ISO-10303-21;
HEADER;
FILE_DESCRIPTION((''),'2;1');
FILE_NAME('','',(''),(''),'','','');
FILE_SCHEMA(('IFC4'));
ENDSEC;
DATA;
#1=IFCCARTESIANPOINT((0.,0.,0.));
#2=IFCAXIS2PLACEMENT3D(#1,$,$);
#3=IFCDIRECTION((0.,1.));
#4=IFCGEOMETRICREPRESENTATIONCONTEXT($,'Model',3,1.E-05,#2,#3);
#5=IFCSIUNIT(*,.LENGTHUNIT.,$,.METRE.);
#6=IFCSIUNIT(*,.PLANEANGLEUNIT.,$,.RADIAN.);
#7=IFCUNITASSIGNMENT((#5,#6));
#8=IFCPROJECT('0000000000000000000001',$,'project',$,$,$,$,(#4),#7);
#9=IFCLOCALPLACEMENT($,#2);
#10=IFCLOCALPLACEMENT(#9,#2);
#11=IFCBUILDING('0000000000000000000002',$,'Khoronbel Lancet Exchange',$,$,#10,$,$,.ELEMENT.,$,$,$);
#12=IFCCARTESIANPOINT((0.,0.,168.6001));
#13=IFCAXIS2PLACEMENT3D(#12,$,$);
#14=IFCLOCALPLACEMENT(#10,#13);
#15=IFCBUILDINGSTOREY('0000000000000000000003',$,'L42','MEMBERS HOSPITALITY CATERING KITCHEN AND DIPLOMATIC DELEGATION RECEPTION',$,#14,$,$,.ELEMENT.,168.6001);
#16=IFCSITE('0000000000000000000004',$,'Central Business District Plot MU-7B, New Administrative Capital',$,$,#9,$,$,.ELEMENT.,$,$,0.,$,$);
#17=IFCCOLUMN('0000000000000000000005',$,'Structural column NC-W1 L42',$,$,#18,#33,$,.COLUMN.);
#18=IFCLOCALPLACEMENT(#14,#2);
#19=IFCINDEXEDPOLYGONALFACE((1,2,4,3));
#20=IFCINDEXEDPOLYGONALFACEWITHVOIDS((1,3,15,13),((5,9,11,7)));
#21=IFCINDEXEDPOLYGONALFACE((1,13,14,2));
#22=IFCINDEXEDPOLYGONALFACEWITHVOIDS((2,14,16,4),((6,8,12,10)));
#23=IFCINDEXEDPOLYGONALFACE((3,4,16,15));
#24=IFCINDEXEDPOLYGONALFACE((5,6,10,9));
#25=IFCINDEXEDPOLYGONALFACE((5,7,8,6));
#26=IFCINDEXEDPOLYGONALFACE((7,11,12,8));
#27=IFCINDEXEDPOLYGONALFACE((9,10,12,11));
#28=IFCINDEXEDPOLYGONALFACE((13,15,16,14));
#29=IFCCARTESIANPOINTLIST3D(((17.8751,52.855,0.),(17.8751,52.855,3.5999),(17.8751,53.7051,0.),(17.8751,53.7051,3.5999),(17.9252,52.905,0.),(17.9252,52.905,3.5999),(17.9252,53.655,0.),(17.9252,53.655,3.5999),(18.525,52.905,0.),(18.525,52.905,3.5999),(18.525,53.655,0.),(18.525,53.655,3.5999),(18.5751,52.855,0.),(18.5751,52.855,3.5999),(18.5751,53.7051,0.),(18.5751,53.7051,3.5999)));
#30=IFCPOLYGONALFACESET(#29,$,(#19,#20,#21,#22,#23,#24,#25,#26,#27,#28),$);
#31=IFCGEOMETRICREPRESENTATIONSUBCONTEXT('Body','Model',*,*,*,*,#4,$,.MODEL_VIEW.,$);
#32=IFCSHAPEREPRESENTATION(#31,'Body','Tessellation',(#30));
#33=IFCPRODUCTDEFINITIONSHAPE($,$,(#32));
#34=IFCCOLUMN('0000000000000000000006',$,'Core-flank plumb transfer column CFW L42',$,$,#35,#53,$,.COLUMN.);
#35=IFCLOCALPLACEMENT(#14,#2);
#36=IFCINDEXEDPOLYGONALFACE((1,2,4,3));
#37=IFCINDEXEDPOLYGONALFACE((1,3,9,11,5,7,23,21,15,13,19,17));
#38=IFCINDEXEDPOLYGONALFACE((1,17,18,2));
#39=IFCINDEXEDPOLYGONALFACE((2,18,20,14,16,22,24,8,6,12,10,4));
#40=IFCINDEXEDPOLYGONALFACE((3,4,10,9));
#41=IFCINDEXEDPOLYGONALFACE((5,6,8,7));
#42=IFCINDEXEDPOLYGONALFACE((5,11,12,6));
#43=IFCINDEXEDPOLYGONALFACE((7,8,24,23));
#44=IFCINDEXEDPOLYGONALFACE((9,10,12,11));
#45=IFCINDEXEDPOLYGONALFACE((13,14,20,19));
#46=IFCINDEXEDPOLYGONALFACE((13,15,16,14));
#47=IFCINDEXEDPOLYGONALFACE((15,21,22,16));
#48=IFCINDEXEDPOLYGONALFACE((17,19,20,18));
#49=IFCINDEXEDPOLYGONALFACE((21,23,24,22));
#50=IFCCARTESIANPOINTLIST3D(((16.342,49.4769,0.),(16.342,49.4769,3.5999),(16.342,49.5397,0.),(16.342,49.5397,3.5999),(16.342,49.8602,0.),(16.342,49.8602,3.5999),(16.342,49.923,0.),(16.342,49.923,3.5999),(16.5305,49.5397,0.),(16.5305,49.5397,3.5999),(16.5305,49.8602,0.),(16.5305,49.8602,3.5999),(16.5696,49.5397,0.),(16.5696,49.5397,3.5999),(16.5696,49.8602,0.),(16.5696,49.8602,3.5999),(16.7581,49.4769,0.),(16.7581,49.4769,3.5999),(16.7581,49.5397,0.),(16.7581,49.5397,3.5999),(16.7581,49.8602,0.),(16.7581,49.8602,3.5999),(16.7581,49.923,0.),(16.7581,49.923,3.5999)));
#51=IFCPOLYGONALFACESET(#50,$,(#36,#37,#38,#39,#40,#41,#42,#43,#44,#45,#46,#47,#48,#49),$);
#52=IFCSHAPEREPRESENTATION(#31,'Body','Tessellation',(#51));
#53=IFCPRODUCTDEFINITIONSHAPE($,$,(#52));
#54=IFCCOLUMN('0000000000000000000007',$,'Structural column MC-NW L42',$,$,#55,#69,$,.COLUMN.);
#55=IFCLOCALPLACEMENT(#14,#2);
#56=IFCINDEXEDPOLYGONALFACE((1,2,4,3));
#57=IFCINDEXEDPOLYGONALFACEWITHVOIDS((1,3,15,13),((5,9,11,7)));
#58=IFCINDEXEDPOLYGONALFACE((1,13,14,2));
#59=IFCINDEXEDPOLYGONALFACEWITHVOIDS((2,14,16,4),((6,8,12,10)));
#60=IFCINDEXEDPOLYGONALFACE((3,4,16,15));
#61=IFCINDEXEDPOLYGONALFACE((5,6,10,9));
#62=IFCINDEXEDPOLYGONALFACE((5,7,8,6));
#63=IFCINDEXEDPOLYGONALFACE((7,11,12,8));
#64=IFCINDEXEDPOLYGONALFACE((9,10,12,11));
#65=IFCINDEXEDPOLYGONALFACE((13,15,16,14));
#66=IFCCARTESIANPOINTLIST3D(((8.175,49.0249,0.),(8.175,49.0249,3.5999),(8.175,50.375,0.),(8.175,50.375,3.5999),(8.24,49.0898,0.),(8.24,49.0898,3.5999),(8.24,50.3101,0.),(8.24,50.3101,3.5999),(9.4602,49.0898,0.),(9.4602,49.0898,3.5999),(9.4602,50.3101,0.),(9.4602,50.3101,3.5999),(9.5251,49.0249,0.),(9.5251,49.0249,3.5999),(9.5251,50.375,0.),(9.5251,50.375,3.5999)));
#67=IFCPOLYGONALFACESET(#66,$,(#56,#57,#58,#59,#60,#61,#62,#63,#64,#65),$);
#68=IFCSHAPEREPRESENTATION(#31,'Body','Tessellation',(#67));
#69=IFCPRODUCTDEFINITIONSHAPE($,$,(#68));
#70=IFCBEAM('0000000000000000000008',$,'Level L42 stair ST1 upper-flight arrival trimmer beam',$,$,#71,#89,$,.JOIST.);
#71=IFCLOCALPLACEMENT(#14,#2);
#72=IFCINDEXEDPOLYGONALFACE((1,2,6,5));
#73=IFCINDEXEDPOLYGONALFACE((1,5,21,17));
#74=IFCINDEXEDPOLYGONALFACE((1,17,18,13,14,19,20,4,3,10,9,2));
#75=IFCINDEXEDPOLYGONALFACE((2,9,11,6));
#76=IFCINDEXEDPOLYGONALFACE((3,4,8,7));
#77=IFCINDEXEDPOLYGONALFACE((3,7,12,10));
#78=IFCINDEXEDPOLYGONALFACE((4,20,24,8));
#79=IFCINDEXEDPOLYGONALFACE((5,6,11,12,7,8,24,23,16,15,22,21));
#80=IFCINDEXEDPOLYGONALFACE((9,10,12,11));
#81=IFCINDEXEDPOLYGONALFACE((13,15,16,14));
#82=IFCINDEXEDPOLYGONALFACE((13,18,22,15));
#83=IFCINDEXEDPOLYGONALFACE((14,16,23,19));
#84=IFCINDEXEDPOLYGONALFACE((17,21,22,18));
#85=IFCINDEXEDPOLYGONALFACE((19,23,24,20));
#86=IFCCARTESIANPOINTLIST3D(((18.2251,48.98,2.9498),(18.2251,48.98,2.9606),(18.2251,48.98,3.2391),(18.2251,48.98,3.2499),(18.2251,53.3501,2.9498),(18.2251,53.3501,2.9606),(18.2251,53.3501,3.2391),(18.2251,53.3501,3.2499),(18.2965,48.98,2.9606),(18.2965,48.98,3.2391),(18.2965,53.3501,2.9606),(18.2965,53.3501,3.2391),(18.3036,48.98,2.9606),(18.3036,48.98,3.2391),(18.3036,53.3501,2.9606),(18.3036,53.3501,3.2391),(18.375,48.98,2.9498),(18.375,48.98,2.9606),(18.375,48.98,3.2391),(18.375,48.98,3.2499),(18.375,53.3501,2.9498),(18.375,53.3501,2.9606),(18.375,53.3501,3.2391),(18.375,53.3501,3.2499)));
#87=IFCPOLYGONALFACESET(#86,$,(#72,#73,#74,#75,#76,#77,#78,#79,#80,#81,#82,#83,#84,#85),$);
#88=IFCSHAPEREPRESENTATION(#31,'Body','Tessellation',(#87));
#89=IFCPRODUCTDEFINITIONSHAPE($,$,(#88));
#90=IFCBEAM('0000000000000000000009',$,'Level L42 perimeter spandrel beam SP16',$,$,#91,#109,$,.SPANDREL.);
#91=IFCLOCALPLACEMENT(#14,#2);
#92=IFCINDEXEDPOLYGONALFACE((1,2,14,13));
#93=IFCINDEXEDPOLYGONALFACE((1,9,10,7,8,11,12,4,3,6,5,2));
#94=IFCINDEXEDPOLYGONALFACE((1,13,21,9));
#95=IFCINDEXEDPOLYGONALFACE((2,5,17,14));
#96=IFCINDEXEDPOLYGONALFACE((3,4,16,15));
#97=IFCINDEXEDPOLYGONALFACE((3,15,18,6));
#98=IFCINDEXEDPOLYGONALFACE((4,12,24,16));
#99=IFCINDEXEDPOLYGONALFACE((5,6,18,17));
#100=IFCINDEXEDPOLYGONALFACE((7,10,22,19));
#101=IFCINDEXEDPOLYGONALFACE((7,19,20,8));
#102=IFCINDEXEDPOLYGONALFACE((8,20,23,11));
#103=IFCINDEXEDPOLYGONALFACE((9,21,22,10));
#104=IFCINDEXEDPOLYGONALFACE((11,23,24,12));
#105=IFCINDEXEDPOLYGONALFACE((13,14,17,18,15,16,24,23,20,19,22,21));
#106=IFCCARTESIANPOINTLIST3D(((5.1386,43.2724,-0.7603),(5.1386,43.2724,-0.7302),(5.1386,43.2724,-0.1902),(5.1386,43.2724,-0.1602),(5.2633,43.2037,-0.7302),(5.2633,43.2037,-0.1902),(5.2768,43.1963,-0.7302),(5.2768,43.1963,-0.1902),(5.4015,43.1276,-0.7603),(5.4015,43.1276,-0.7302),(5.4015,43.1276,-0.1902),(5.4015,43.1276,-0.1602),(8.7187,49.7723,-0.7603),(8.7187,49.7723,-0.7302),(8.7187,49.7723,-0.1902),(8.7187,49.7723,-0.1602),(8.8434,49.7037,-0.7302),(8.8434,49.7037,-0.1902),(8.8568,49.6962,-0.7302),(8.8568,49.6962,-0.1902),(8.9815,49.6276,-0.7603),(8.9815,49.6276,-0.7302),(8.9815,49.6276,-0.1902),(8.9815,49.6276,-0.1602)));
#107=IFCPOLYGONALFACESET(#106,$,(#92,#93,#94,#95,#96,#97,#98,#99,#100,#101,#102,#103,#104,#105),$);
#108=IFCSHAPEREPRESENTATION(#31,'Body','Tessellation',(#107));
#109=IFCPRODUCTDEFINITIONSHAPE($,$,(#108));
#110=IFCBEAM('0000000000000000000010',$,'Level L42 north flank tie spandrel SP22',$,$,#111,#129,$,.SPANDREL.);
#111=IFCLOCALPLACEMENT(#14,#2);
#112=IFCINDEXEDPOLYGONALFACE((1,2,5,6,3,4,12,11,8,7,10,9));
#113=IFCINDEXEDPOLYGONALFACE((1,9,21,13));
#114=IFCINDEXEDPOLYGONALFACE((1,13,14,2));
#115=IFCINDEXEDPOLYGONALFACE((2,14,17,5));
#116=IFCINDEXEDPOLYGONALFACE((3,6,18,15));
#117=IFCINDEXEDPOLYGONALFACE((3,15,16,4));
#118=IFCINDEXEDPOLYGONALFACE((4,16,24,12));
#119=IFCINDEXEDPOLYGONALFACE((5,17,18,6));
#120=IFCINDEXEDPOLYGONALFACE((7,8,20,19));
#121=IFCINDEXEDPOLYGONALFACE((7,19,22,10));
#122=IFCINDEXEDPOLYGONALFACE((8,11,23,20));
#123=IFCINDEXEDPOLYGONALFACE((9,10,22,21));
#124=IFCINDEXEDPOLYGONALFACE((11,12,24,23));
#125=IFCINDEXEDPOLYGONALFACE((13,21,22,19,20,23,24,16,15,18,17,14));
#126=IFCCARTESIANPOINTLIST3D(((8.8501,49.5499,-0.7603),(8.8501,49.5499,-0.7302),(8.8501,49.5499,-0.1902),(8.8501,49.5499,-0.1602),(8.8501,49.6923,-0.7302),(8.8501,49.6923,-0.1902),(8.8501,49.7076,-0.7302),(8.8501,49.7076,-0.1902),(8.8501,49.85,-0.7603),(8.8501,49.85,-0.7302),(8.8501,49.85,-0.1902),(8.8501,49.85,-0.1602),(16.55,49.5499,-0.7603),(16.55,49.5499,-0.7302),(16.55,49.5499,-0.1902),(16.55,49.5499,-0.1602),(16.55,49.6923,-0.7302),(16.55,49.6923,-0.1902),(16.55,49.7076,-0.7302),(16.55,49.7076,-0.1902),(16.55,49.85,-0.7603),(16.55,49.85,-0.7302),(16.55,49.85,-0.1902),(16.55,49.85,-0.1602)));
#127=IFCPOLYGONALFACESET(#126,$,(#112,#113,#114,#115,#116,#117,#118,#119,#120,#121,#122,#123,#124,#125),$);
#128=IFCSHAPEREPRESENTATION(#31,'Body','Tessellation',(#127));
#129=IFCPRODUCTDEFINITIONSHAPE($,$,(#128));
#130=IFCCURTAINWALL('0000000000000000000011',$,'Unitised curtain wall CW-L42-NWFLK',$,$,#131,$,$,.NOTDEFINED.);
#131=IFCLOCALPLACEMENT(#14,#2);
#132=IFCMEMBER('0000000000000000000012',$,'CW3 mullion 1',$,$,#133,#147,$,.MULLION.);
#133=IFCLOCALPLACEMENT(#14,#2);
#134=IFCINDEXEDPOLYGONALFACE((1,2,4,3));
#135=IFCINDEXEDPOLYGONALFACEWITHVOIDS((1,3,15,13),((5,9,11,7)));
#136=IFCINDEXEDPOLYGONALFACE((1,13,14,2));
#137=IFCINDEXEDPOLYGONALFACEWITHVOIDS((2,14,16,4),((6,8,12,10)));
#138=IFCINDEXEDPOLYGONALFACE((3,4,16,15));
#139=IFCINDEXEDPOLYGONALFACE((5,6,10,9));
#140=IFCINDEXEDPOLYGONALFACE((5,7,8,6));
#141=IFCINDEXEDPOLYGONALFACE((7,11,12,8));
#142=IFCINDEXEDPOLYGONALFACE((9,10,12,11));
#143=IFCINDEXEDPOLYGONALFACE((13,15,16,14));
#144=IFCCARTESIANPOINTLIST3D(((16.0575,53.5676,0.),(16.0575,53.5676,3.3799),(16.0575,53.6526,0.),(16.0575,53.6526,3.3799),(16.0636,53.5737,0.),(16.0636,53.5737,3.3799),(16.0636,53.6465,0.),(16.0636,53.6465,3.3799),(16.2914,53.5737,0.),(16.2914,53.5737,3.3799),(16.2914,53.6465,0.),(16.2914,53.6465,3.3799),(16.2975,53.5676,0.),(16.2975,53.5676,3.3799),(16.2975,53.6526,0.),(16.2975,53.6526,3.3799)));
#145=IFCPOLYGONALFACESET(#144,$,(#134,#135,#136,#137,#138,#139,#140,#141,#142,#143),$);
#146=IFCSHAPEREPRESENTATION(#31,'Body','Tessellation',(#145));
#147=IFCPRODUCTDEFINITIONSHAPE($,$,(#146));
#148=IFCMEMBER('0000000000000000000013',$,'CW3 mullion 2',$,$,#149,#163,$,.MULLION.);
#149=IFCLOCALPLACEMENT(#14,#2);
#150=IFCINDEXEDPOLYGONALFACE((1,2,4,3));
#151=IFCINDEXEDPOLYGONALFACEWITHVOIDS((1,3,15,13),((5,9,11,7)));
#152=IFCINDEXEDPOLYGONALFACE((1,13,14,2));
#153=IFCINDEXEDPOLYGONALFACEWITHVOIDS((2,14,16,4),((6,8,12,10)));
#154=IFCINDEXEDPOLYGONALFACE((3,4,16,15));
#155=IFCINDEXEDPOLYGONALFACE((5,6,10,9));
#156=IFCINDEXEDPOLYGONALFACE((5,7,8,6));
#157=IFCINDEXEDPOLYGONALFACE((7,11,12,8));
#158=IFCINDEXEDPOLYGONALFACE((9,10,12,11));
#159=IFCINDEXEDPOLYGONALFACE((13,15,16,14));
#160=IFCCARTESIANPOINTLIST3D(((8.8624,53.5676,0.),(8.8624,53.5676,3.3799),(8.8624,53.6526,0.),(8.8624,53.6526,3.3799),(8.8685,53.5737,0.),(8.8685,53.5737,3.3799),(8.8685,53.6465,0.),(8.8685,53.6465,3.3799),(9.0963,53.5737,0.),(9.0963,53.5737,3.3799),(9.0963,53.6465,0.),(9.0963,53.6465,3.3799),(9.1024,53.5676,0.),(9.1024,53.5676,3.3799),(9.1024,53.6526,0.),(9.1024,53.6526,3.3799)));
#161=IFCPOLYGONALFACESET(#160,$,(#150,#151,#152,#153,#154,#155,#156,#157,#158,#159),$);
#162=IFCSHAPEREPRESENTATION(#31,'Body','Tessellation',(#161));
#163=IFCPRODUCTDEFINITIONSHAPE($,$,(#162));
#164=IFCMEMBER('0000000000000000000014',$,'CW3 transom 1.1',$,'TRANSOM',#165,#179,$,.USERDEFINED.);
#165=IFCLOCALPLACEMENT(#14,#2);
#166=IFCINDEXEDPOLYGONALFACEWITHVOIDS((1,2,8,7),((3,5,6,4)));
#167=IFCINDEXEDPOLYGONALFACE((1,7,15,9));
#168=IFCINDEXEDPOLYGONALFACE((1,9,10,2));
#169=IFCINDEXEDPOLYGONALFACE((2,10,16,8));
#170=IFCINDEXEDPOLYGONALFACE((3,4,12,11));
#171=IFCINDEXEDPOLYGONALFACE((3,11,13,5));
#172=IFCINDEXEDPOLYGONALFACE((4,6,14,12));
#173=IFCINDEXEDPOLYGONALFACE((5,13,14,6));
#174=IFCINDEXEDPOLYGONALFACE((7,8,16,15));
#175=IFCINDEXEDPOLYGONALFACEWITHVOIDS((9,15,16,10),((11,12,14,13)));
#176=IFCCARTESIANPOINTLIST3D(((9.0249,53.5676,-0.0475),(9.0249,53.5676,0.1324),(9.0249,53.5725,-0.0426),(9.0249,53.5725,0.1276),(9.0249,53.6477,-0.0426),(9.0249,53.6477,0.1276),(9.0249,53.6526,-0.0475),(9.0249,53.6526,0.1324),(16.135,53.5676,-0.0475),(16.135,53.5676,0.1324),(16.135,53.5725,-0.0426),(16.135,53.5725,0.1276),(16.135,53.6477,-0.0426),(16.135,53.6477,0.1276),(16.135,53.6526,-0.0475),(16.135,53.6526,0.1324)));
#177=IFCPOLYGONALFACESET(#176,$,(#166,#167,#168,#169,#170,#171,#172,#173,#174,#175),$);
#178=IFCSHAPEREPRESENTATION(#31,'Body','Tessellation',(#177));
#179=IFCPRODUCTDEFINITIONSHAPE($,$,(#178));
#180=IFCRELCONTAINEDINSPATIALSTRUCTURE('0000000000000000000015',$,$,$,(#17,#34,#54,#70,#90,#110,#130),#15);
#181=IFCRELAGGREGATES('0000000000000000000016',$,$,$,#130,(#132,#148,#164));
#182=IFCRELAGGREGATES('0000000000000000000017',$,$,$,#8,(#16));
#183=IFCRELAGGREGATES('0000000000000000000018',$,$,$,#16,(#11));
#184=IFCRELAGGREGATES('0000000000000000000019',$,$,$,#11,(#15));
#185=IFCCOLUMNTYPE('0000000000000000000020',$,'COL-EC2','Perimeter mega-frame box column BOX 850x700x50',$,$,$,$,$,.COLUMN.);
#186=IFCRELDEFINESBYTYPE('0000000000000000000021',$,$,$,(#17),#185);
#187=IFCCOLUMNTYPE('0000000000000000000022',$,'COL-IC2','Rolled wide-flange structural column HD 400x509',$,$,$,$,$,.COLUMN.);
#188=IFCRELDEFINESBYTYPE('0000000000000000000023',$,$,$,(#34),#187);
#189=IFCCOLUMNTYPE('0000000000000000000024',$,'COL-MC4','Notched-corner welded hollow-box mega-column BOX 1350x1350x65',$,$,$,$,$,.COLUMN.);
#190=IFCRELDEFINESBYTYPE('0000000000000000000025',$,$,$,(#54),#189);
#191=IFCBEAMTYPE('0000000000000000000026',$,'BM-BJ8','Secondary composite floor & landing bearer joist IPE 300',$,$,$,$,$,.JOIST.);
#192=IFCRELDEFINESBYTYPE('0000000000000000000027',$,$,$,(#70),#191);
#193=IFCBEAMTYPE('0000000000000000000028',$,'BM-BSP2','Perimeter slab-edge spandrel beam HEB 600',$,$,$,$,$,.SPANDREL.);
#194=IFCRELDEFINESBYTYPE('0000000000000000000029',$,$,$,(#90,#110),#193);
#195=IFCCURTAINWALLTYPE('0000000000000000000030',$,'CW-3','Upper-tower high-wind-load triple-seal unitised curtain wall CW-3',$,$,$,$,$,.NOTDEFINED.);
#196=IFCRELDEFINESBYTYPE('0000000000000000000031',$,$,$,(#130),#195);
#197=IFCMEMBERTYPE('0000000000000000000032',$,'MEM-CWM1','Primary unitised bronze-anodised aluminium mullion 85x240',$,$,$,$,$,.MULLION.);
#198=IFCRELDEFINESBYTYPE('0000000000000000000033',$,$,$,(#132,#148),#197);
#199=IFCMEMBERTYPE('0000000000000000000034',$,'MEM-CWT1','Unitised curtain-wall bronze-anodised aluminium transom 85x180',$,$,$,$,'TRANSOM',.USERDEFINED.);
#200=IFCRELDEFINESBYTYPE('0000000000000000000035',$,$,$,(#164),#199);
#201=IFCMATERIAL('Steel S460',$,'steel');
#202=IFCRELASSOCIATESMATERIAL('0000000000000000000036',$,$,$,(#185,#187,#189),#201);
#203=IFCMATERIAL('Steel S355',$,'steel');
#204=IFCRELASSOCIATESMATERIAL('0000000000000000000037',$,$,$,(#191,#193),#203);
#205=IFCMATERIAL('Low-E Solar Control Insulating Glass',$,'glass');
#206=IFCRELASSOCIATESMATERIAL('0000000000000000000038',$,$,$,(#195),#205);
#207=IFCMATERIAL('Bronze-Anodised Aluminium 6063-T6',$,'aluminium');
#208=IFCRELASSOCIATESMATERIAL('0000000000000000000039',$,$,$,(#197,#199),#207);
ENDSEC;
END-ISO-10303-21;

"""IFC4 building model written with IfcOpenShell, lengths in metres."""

from ifc_helpers import new_model, si_unit, direction, frame, origin, origin_2d, place, context, subcontext, project, spatial, hollow_rectangle, i_section, extrude, material, material_profile, profile_set, type_object, element, aggregate, save


model = new_model("IFC4")

# Units and contexts
model_context = context("Model", 3, precision=1e-05, world=origin(), true_north=direction((0.0, 1.0)))
body_context = subcontext(model_context, "Body", "Model", "MODEL_VIEW")
ifc_project = project(units=[si_unit("LENGTHUNIT", "METRE"), si_unit("PLANEANGLEUNIT", "RADIAN")], contexts=[model_context])

# Site, building, storey
site_placement = place(None, origin())
site = spatial("IfcSite", under=ifc_project, at=site_placement, Name="Central Business District Plot MU-7B, New Administrative Capital", CompositionType="ELEMENT", RefElevation=0.0)
building_placement = place(site_placement, origin())
building = spatial("IfcBuilding", under=site, at=building_placement, Name="Khoronbel Lancet Exchange", CompositionType="ELEMENT")
storey_placement = place(building_placement, frame((0.0, 0.0, 168.6001)))
storey = spatial("IfcBuildingStorey", under=building, at=storey_placement, Name="L42", Description="MEMBERS HOSPITALITY CATERING KITCHEN AND DIPLOMATIC DELEGATION RECEPTION", CompositionType="ELEMENT", Elevation=168.6001)

# Columns
ifc_material_1 = material(Name="Steel S460", Category="steel")
ifc_material_profile_1 = material_profile(ifc_material_1, hollow_rectangle(XDim=0.7, YDim=0.8501, WallThickness=0.05, at=origin_2d()), Name="BOX 850x700x50")
ifc_profile_set_1 = profile_set([ifc_material_profile_1], Name="Steel S460")
column_type_1 = type_object("IfcColumnType", Name="COL-EC2", Description="Perimeter mega-frame box column BOX 850x700x50", PredefinedType="COLUMN", material=ifc_profile_set_1)
column_1_placement = place(storey_placement, frame((18.2251, 53.28, 0.0), z_axis=(0.0, 0.0, 1.0), x_axis=(1.0, 0.0, 0.0)))
element("IfcColumn", 1, at=column_1_placement, inside=storey, type_object=column_type_1, Name="Structural column NC-W1 L42", PredefinedType="COLUMN", context=body_context, shape_type="SweptSolid", body=[
    extrude(hollow_rectangle(XDim=0.7, YDim=0.8501, WallThickness=0.05, at=origin_2d()), origin(), (0.0, 0.0, 1.0), 3.5999),
])
ifc_material_profile_2 = material_profile(ifc_material_1, i_section(OverallWidth=0.416, OverallDepth=0.446, WebThickness=0.0391, FlangeThickness=0.0627, at=origin_2d()), Name="HD 400x509")
ifc_profile_set_2 = profile_set([ifc_material_profile_2], Name="Steel S460")
column_type_2 = type_object("IfcColumnType", Name="COL-IC2", Description="Rolled wide-flange structural column HD 400x509", PredefinedType="COLUMN", material=ifc_profile_set_2)
column_2_placement = place(storey_placement, frame((16.55, 49.7, 0.0), z_axis=(0.0, 0.0, 1.0), x_axis=(1.0, 0.0, 0.0)))
element("IfcColumn", 2, at=column_2_placement, inside=storey, type_object=column_type_2, Name="Core-flank plumb transfer column CFW L42", PredefinedType="COLUMN", context=body_context, shape_type="SweptSolid", body=[
    extrude(i_section(OverallWidth=0.416, OverallDepth=0.446, WebThickness=0.0391, FlangeThickness=0.0627, at=origin_2d()), origin(), (0.0, 0.0, 1.0), 3.5999),
])
ifc_material_profile_3 = material_profile(ifc_material_1, hollow_rectangle(XDim=1.3501, YDim=1.3501, WallThickness=0.0649, at=origin_2d()), Name="BOX 1350x1350x65")
ifc_profile_set_3 = profile_set([ifc_material_profile_3], Name="Steel S460")
column_type_3 = type_object("IfcColumnType", Name="COL-MC4", Description="Notched-corner welded hollow-box mega-column BOX 1350x1350x65", PredefinedType="COLUMN", material=ifc_profile_set_3)
column_3_placement = place(storey_placement, frame((8.8501, 49.7, 0.0), z_axis=(0.0, 0.0, 1.0), x_axis=(1.0, 0.0, 0.0)))
element("IfcColumn", 3, at=column_3_placement, inside=storey, type_object=column_type_3, Name="Structural column MC-NW L42", PredefinedType="COLUMN", context=body_context, shape_type="SweptSolid", body=[
    extrude(hollow_rectangle(XDim=1.3501, YDim=1.3501, WallThickness=0.0649, at=origin_2d()), origin(), (0.0, 0.0, 1.0), 3.5999),
])

# Beams
ifc_material_2 = material(Name="Steel S355", Category="steel")
ifc_material_profile_4 = material_profile(ifc_material_2, i_section(OverallWidth=0.1499, OverallDepth=0.3, WebThickness=0.0071, FlangeThickness=0.0107, at=origin_2d()), Name="IPE 300")
ifc_profile_set_4 = profile_set([ifc_material_profile_4], Name="Steel S355")
beam_type_1 = type_object("IfcBeamType", Name="BM-BJ8", Description="Secondary composite floor & landing bearer joist IPE 300", PredefinedType="JOIST", material=ifc_profile_set_4)
beam_1_placement = place(storey_placement, frame((18.3, 48.98, 3.0999), z_axis=(0.0, 1.0, 0.0), x_axis=(-1.0, 0.0, 0.0)))
element("IfcBeam", 4, at=beam_1_placement, inside=storey, type_object=beam_type_1, Name="Level L42 stair ST1 upper-flight arrival trimmer beam", PredefinedType="JOIST", context=body_context, shape_type="SweptSolid", body=[
    extrude(i_section(OverallWidth=0.1499, OverallDepth=0.3, WebThickness=0.0071, FlangeThickness=0.0107, at=origin_2d()), origin(), (0.0, 0.0, 1.0), 4.3701),
])
ifc_material_profile_5 = material_profile(ifc_material_2, i_section(OverallWidth=0.3, OverallDepth=0.6001, WebThickness=0.0154, FlangeThickness=0.03, at=origin_2d()), Name="HEB 600")
ifc_profile_set_5 = profile_set([ifc_material_profile_5], Name="Steel S355")
beam_type_2 = type_object("IfcBeamType", Name="BM-BSP2", Description="Perimeter slab-edge spandrel beam HEB 600", PredefinedType="SPANDREL", material=ifc_profile_set_5)
beam_2_placement = place(storey_placement, frame((8.8501, 49.7, -0.4602), z_axis=(-0.482444, -0.875927, 0.0), x_axis=(0.875927, -0.482444, 0.0)))
element("IfcBeam", 5, at=beam_2_placement, inside=storey, type_object=beam_type_2, Name="Level L42 perimeter spandrel beam SP16", PredefinedType="SPANDREL", context=body_context, shape_type="SweptSolid", body=[
    extrude(i_section(OverallWidth=0.3, OverallDepth=0.6001, WebThickness=0.0154, FlangeThickness=0.03, at=origin_2d()), origin(), (0.0, 0.0, 1.0), 7.4207),
])
beam_3_placement = place(storey_placement, frame((8.8501, 49.7, -0.4602), z_axis=(1.0, 0.0, 0.0), x_axis=(0.0, 1.0, 0.0)))
element("IfcBeam", 6, at=beam_3_placement, inside=storey, type_object=beam_type_2, Name="Level L42 north flank tie spandrel SP22", PredefinedType="SPANDREL", context=body_context, shape_type="SweptSolid", body=[
    extrude(i_section(OverallWidth=0.3, OverallDepth=0.6001, WebThickness=0.0154, FlangeThickness=0.03, at=origin_2d()), origin(), (0.0, 0.0, 1.0), 7.7),
])

# Curtain wall, members
ifc_material_3 = material(Name="Low-E Solar Control Insulating Glass", Category="glass")
curtain_wall_type = type_object("IfcCurtainWallType", Name="CW-3", Description="Upper-tower high-wind-load triple-seal unitised curtain wall CW-3", PredefinedType="NOTDEFINED", material=ifc_material_3)
curtain_wall_placement = place(storey_placement, origin())
curtain_wall = element("IfcCurtainWall", 7, at=curtain_wall_placement, inside=storey, type_object=curtain_wall_type, Name="Unitised curtain wall CW-L42-NWFLK", PredefinedType="NOTDEFINED")
ifc_material_4 = material(Name="Bronze-Anodised Aluminium 6063-T6", Category="aluminium")
ifc_material_profile_6 = material_profile(ifc_material_4, hollow_rectangle(XDim=0.085, YDim=0.24, WallThickness=0.0061, at=origin_2d()), Name="ALU MULLION 85x240")
ifc_profile_set_6 = profile_set([ifc_material_profile_6], Name="Bronze-Anodised Aluminium 6063-T6")
member_type_1 = type_object("IfcMemberType", Name="MEM-CWM1", Description="Primary unitised bronze-anodised aluminium mullion 85x240", PredefinedType="MULLION", material=ifc_profile_set_6)
member_1_placement = place(storey_placement, frame((16.1775, 53.6101, 0.0), z_axis=(0.0, 0.0, 1.0), x_axis=(0.0, -1.0, 0.0)))
member_1 = element("IfcMember", 8, at=member_1_placement, type_object=member_type_1, Name="CW3 mullion 1", PredefinedType="MULLION", context=body_context, shape_type="SweptSolid", body=[
    extrude(hollow_rectangle(XDim=0.085, YDim=0.24, WallThickness=0.0061, at=origin_2d()), origin(), (0.0, 0.0, 1.0), 3.3799),
])
member_2_placement = place(storey_placement, frame((8.9824, 53.6101, 0.0), z_axis=(0.0, 0.0, 1.0), x_axis=(0.0, -1.0, 0.0)))
member_2 = element("IfcMember", 9, at=member_2_placement, type_object=member_type_1, Name="CW3 mullion 2", PredefinedType="MULLION", context=body_context, shape_type="SweptSolid", body=[
    extrude(hollow_rectangle(XDim=0.085, YDim=0.24, WallThickness=0.0061, at=origin_2d()), origin(), (0.0, 0.0, 1.0), 3.3799),
])
ifc_material_profile_7 = material_profile(ifc_material_4, hollow_rectangle(XDim=0.085, YDim=0.1799, WallThickness=0.0049, at=origin_2d()), Name="ALU TRANSOM 85x180")
ifc_profile_set_7 = profile_set([ifc_material_profile_7], Name="Bronze-Anodised Aluminium 6063-T6")
member_type_2 = type_object("IfcMemberType", Name="MEM-CWT1", Description="Unitised curtain-wall bronze-anodised aluminium transom 85x180", ElementType="TRANSOM", PredefinedType="USERDEFINED", material=ifc_profile_set_7)
member_3_placement = place(storey_placement, frame((16.135, 53.6101, 0.0425), z_axis=(-1.0, 0.0, 0.0), x_axis=(0.0, -1.0, 0.0)))
member_3 = element("IfcMember", 10, at=member_3_placement, type_object=member_type_2, Name="CW3 transom 1.1", ObjectType="TRANSOM", PredefinedType="USERDEFINED", context=body_context, shape_type="SweptSolid", body=[
    extrude(hollow_rectangle(XDim=0.085, YDim=0.1799, WallThickness=0.0049, at=origin_2d()), origin(), (0.0, 0.0, 1.0), 7.1101),
])

aggregate(curtain_wall, [member_1, member_2, member_3])

save(model, "model.ifc")
